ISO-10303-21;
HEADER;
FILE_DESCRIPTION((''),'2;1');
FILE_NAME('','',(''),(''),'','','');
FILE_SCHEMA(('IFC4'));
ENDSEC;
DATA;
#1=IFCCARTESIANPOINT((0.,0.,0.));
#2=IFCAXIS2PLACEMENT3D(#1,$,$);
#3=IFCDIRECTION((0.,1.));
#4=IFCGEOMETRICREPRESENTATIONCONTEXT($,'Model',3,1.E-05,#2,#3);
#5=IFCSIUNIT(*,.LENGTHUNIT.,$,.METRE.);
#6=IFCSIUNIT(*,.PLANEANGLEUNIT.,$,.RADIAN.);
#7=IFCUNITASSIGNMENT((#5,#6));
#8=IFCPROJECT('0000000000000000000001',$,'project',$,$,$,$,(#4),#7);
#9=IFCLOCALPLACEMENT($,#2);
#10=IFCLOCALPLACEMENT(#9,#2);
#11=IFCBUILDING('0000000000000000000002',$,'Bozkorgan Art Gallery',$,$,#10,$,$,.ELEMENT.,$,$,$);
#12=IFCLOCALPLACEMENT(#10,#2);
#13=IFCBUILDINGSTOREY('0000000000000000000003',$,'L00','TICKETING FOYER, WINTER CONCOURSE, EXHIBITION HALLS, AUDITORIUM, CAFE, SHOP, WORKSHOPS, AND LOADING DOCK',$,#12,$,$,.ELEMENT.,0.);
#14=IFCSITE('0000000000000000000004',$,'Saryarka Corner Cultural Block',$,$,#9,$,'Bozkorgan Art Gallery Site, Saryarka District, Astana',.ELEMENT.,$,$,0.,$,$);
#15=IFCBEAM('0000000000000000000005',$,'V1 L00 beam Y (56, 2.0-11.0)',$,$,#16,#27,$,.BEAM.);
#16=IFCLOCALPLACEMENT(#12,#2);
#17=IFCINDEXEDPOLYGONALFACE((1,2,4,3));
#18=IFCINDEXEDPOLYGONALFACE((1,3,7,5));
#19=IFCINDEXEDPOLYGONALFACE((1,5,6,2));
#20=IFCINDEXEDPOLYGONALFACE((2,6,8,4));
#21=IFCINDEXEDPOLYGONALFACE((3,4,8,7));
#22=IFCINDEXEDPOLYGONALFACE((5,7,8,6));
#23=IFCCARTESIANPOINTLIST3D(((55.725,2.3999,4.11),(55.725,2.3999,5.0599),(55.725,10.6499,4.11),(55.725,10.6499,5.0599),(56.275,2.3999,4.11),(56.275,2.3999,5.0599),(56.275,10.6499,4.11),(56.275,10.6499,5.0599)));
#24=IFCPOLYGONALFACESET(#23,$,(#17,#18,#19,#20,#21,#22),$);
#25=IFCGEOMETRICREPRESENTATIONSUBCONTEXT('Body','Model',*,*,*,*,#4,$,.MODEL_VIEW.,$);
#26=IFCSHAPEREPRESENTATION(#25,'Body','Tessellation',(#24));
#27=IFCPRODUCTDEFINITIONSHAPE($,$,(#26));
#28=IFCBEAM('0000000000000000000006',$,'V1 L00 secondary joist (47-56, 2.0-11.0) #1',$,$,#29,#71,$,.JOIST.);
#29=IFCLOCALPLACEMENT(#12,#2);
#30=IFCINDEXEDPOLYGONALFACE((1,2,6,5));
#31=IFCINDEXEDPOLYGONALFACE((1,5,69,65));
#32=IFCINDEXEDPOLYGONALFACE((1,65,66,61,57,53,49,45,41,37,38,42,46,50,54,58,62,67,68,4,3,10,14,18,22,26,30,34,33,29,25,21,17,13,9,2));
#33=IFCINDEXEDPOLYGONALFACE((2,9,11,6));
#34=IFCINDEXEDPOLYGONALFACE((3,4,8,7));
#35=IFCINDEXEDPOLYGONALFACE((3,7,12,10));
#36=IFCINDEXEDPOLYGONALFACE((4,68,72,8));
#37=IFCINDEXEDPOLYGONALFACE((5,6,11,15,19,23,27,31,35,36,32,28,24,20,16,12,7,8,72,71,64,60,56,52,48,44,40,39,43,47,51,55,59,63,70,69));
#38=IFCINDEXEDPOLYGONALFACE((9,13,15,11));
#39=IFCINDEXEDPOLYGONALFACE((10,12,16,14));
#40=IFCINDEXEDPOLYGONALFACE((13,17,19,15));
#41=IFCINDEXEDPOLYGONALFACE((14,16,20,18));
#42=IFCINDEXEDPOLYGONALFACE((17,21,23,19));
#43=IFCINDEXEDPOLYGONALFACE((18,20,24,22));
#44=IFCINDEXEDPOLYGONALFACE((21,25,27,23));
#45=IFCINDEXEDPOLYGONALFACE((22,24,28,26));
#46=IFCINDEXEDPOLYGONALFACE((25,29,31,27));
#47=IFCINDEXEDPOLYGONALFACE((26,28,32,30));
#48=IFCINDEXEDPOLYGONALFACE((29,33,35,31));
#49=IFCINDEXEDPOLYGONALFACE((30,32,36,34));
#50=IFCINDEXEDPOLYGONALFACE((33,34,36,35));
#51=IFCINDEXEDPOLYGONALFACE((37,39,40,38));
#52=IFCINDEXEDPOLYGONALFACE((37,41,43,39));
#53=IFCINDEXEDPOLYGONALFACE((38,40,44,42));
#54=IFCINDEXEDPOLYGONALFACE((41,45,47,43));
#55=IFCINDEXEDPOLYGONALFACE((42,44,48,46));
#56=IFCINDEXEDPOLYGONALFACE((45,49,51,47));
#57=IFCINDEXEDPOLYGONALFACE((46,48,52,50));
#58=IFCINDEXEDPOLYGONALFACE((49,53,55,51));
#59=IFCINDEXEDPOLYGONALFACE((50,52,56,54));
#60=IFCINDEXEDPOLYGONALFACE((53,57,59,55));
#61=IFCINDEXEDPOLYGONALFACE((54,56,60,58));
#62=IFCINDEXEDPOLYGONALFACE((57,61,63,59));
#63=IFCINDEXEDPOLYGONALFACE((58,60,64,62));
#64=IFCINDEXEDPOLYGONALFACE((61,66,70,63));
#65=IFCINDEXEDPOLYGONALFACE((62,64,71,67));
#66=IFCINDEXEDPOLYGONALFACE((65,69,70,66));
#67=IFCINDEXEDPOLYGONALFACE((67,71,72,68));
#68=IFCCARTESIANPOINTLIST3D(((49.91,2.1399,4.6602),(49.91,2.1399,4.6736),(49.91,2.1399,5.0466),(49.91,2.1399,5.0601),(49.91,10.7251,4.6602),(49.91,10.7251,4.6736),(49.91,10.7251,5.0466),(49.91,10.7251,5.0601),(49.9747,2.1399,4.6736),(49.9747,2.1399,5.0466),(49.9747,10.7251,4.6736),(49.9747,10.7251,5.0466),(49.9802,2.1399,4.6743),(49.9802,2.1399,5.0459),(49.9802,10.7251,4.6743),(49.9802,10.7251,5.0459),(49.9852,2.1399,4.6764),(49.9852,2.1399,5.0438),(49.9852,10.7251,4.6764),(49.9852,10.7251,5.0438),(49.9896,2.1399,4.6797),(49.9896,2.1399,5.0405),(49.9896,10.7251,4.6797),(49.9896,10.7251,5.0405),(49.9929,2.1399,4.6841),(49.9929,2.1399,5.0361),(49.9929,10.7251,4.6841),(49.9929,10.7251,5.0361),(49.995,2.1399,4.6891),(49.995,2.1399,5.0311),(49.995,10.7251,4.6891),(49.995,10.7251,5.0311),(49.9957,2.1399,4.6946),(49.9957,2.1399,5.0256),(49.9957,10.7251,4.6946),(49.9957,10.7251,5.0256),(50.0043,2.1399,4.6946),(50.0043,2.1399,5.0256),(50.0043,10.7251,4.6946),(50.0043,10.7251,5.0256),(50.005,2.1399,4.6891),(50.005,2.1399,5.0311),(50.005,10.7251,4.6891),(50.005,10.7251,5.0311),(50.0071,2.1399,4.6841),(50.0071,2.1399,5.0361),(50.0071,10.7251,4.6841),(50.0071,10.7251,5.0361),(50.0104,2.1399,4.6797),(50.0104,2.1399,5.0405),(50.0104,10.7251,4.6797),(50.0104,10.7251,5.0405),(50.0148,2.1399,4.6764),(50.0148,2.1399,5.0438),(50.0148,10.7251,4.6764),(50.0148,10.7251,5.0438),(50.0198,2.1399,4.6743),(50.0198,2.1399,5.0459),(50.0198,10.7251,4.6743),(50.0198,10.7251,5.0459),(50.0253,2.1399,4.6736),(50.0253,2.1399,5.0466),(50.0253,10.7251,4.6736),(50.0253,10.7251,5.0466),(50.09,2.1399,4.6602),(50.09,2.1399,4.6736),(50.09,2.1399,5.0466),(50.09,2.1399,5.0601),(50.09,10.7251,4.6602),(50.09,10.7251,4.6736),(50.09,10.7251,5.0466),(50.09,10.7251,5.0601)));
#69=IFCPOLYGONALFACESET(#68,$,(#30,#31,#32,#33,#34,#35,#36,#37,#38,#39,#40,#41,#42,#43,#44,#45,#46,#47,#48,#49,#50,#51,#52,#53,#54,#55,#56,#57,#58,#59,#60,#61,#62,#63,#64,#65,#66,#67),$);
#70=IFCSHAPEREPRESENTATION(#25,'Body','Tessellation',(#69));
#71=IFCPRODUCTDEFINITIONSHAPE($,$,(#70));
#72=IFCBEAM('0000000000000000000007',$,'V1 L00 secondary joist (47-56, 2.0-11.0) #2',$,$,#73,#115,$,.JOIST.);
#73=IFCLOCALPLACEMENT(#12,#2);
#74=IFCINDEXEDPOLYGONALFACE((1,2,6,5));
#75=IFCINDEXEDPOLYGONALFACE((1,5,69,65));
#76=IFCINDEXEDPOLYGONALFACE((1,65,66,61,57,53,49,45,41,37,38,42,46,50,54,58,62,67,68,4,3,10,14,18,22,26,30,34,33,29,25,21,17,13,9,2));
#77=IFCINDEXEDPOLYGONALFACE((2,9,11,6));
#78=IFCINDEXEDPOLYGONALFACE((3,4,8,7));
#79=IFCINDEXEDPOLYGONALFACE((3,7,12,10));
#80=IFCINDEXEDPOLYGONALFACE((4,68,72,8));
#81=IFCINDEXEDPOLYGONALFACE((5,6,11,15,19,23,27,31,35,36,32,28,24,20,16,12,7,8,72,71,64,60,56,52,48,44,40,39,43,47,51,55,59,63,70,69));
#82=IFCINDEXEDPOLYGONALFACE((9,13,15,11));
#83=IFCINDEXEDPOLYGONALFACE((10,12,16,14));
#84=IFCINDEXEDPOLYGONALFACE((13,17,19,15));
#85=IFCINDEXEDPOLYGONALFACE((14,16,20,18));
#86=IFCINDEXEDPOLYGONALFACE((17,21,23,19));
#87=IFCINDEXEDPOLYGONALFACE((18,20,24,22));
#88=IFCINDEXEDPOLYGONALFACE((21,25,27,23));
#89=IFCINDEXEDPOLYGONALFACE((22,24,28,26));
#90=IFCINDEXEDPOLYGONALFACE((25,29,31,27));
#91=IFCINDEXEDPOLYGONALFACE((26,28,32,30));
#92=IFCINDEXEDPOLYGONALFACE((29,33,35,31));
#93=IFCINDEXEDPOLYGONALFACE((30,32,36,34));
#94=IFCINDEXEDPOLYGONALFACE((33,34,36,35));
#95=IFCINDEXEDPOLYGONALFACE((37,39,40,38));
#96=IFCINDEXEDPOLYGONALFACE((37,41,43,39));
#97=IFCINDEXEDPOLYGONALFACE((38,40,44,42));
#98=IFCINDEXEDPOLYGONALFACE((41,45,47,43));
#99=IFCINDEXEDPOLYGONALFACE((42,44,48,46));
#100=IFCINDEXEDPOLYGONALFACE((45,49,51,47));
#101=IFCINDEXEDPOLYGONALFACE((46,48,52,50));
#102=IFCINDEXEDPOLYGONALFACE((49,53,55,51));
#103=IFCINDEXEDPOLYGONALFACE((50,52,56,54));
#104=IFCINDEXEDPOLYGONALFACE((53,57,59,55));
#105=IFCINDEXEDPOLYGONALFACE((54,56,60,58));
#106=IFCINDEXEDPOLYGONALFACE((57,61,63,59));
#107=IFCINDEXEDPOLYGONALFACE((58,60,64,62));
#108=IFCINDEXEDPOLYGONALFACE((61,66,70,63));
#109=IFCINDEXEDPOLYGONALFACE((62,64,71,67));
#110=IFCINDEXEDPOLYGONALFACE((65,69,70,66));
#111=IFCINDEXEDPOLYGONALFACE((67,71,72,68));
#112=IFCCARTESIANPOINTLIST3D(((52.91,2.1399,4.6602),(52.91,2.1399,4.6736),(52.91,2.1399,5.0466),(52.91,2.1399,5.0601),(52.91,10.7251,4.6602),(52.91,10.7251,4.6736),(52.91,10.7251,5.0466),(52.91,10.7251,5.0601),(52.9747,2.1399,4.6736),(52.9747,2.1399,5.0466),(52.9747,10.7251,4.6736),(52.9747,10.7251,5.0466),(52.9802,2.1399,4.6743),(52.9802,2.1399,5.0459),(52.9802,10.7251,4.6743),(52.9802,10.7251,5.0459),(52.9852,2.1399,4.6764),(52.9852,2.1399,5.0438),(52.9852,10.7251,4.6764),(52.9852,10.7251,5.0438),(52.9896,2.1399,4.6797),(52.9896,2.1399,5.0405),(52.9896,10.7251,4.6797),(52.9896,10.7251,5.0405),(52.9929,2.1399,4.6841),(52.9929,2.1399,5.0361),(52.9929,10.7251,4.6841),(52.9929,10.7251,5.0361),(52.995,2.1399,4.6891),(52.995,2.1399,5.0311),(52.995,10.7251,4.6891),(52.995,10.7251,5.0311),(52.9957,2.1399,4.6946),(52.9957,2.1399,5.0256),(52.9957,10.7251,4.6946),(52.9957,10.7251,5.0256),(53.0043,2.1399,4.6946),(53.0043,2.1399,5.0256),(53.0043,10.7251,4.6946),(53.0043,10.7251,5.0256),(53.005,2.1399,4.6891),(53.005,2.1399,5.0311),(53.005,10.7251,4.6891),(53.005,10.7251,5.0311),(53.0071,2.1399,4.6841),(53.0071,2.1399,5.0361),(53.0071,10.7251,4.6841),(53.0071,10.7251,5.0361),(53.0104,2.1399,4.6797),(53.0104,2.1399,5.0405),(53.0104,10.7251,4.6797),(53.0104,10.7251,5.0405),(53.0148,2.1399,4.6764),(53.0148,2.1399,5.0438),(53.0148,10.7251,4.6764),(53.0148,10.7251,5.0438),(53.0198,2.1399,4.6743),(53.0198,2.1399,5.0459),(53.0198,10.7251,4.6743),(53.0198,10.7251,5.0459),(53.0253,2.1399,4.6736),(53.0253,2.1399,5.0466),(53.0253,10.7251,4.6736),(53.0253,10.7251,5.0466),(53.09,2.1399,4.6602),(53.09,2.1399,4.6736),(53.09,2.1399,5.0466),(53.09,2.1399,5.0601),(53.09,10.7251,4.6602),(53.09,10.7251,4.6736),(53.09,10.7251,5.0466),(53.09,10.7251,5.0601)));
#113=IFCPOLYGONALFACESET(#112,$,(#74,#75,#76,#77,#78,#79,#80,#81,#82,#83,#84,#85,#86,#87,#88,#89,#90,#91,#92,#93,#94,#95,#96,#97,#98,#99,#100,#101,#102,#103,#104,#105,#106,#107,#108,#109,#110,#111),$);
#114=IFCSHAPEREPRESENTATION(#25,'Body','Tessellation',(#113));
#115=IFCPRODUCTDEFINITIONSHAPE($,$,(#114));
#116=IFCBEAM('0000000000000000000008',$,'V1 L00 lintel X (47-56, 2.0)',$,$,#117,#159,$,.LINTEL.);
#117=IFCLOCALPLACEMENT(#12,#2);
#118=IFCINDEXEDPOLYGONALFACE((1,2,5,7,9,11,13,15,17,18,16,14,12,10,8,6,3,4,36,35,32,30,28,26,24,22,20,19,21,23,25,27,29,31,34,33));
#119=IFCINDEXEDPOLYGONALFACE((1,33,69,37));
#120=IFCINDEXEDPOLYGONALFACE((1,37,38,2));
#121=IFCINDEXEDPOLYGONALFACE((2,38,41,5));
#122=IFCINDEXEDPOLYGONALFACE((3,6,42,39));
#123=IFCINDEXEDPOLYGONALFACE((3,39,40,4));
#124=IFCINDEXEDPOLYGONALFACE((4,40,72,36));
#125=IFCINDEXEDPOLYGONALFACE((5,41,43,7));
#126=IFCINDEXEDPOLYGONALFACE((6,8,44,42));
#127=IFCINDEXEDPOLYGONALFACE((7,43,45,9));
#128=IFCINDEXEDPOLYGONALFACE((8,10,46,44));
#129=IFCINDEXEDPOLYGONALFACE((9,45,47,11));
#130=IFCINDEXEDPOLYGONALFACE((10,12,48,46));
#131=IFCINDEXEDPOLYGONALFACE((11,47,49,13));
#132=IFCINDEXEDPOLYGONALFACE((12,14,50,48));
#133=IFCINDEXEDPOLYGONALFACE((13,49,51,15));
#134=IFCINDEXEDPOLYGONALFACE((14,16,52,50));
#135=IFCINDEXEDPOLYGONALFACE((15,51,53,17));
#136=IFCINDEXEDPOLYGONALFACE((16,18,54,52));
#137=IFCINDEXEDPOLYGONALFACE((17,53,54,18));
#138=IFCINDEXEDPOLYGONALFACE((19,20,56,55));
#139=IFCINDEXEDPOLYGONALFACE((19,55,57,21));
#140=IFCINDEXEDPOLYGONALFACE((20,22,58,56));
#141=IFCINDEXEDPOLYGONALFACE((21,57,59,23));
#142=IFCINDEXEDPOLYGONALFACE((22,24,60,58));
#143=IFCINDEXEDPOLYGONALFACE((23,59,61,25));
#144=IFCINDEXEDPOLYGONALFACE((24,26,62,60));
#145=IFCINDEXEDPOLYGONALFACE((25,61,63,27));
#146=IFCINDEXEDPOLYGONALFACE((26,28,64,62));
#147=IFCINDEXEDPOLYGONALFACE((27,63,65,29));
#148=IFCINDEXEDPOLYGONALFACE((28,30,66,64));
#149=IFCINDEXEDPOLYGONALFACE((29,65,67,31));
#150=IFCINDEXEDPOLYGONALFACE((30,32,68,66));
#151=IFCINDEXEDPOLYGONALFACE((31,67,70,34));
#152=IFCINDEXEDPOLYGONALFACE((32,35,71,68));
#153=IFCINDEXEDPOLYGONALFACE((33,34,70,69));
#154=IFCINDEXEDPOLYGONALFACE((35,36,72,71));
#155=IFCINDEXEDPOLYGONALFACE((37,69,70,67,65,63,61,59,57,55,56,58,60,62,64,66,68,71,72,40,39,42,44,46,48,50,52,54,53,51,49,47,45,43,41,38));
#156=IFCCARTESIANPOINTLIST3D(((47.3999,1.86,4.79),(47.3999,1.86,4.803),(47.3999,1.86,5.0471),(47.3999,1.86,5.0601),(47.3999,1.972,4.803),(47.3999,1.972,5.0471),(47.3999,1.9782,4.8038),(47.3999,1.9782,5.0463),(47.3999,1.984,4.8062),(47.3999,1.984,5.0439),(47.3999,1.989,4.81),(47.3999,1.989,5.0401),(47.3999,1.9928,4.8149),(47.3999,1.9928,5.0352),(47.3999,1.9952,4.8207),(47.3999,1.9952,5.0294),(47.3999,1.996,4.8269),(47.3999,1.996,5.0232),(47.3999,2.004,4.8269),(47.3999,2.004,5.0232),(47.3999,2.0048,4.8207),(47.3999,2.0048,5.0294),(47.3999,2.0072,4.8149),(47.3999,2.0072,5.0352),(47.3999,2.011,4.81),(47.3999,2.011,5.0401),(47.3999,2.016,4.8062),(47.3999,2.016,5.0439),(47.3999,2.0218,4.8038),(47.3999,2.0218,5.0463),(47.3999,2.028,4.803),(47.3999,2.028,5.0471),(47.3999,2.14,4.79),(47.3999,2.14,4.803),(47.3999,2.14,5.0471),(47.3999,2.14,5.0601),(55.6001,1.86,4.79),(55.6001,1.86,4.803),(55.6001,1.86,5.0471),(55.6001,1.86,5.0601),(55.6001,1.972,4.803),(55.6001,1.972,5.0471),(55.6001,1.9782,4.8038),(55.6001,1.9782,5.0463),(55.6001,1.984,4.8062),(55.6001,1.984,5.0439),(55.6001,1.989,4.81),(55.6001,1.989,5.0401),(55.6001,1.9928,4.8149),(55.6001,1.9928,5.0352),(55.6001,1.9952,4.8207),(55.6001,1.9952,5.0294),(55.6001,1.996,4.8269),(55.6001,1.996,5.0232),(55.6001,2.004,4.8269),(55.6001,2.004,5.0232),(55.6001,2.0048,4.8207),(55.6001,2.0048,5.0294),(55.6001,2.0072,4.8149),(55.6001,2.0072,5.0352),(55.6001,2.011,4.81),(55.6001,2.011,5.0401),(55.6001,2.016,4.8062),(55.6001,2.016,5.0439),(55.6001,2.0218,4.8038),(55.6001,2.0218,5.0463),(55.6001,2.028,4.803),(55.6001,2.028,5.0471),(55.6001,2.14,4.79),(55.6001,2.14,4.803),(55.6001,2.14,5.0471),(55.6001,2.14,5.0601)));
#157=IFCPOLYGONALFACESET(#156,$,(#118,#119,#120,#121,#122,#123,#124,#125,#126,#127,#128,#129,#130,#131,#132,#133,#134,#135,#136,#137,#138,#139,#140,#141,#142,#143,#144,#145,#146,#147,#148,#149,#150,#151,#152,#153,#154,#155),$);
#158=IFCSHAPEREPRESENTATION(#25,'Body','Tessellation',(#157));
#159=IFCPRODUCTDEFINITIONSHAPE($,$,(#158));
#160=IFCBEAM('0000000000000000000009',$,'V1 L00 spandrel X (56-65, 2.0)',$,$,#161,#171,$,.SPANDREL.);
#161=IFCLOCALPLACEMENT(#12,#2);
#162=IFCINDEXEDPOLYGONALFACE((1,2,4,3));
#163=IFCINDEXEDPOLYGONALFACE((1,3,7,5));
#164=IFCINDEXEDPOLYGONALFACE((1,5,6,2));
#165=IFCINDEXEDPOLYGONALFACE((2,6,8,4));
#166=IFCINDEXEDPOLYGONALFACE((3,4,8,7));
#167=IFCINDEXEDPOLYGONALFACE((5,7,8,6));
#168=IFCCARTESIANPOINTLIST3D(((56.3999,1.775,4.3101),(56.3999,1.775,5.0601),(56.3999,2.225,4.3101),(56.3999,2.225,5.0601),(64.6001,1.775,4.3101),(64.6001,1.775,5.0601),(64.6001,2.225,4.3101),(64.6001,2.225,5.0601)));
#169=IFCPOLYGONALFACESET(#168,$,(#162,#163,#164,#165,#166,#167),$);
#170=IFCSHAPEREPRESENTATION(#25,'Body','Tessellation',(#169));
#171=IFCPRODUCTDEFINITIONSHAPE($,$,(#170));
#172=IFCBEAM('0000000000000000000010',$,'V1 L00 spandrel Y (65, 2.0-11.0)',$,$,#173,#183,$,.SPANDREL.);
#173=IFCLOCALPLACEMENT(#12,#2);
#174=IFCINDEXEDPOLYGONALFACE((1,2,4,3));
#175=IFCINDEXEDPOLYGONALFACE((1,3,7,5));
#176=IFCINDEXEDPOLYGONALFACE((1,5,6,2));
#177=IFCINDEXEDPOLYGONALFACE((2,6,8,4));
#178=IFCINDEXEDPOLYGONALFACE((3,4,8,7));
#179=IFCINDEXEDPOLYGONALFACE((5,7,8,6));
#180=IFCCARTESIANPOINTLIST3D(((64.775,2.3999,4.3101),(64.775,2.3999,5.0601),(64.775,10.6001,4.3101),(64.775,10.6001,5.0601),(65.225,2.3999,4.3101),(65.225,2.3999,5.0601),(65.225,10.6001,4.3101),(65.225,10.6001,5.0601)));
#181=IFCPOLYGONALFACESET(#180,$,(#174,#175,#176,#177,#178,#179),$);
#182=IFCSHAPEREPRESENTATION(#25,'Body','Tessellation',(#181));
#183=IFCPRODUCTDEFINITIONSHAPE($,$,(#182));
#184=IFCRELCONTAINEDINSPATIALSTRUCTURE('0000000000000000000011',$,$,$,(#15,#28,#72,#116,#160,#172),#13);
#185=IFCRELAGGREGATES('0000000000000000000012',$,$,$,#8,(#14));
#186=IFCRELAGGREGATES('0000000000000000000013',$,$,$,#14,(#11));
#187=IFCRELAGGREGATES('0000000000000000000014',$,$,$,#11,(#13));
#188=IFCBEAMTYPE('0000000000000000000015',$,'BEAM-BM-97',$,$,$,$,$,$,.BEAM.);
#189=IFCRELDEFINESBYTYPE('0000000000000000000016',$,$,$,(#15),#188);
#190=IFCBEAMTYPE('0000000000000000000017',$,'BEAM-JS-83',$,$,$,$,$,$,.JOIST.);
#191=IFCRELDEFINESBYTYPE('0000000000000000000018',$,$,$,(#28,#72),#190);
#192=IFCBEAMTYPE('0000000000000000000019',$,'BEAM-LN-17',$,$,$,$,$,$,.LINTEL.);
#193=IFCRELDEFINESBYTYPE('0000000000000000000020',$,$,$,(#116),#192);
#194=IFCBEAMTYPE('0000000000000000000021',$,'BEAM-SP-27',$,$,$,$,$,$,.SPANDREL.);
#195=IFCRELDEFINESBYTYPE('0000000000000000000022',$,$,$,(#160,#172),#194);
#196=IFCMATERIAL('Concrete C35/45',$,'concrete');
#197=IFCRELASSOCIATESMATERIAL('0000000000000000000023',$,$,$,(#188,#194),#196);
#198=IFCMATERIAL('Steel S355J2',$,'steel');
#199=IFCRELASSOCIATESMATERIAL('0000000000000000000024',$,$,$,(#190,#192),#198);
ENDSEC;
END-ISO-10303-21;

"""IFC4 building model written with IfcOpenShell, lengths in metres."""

from ifc_helpers import new_model, si_unit, direction, frame, origin, origin_2d, place, context, subcontext, project, spatial, rectangle, i_section, extrude, material, material_profile, profile_set, type_object, element, save


model = new_model("IFC4")

# Units and contexts
model_context = context("Model", 3, precision=1e-05, world=origin(), true_north=direction((0.0, 1.0)))
body_context = subcontext(model_context, "Body", "Model", "MODEL_VIEW")
ifc_project = project(units=[si_unit("LENGTHUNIT", "METRE"), si_unit("PLANEANGLEUNIT", "RADIAN")], contexts=[model_context])

# Site, building, storey
site_placement = place(None, origin())
site = spatial("IfcSite", under=ifc_project, at=site_placement, Name="Saryarka Corner Cultural Block", LongName="Bozkorgan Art Gallery Site, Saryarka District, Astana", CompositionType="ELEMENT", RefElevation=0.0)
building_placement = place(site_placement, origin())
building = spatial("IfcBuilding", under=site, at=building_placement, Name="Bozkorgan Art Gallery", CompositionType="ELEMENT")
storey_placement = place(building_placement, origin())
storey = spatial("IfcBuildingStorey", under=building, at=storey_placement, Name="L00", Description="TICKETING FOYER, WINTER CONCOURSE, EXHIBITION HALLS, AUDITORIUM, CAFE, SHOP, WORKSHOPS, AND LOADING DOCK", CompositionType="ELEMENT", Elevation=0.0)

# Shared definitions
ifc_material_1 = material(Name="Steel S355J2", Category="steel")

# Beams
ifc_material_2 = material(Name="Concrete C35/45", Category="concrete")
ifc_material_profile_1 = material_profile(ifc_material_2, rectangle(XDim=0.55, YDim=0.95, at=origin_2d()), Name="RC 550x950")
ifc_profile_set_1 = profile_set([ifc_material_profile_1], Name="Concrete C35/45")
beam_type_1 = type_object("IfcBeamType", Name="BEAM-BM-97", PredefinedType="BEAM", material=ifc_profile_set_1)
for number, where, z_axis, x_axis, name in (
    (1, (56.0, 2.3999, 4.585), (0.0, 1.0, 0.0), (-1.0, 0.0, 0.0), "V1 L00 beam Y (56, 2.0-11.0)"),
):
    element("IfcBeam", number, at=place(storey_placement, frame(where, z_axis=z_axis, x_axis=x_axis)), inside=storey, type_object=beam_type_1, Name=name, PredefinedType="BEAM", context=body_context, shape_type="SweptSolid", body=[
        extrude(rectangle(XDim=0.55, YDim=0.95, at=origin_2d()), origin(), (0.0, 0.0, 1.0), 8.25),
    ])
ifc_material_profile_2 = material_profile(ifc_material_1, i_section(OverallWidth=0.1799, OverallDepth=0.3999, WebThickness=0.0085, FlangeThickness=0.0134, FilletRadius=0.021, at=origin_2d()), Name="IPE 400")
ifc_profile_set_2 = profile_set([ifc_material_profile_2], Name="Steel S355J2")
beam_type_2 = type_object("IfcBeamType", Name="BEAM-JS-83", PredefinedType="JOIST", material=ifc_profile_set_2)
for number, where, z_axis, x_axis, name in (
    (2, (50.0, 2.1399, 4.8601), (0.0, 1.0, 0.0), (-1.0, 0.0, 0.0), "V1 L00 secondary joist (47-56, 2.0-11.0) #1"),
    (3, (53.0, 2.1399, 4.8601), (0.0, 1.0, 0.0), (-1.0, 0.0, 0.0), "V1 L00 secondary joist (47-56, 2.0-11.0) #2"),
):
    element("IfcBeam", number, at=place(storey_placement, frame(where, z_axis=z_axis, x_axis=x_axis)), inside=storey, type_object=beam_type_2, Name=name, PredefinedType="JOIST", context=body_context, shape_type="SweptSolid", body=[
        extrude(i_section(OverallWidth=0.1799, OverallDepth=0.3999, WebThickness=0.0085, FlangeThickness=0.0134, FilletRadius=0.021, at=origin_2d()), origin(), (0.0, 0.0, 1.0), 8.5852),
    ])
ifc_material_profile_3 = material_profile(ifc_material_1, i_section(OverallWidth=0.28, OverallDepth=0.27, WebThickness=0.0081, FlangeThickness=0.0129, FilletRadius=0.0239, at=origin_2d()), Name="HEA 280")
ifc_profile_set_3 = profile_set([ifc_material_profile_3], Name="Steel S355J2")
beam_type_3 = type_object("IfcBeamType", Name="BEAM-LN-17", PredefinedType="LINTEL", material=ifc_profile_set_3)
beam_1_placement = place(storey_placement, frame((47.3999, 2.0, 4.925), z_axis=(1.0, 0.0, 0.0), x_axis=(0.0, 1.0, 0.0)))
element("IfcBeam", 4, at=beam_1_placement, inside=storey, type_object=beam_type_3, Name="V1 L00 lintel X (47-56, 2.0)", PredefinedType="LINTEL", context=body_context, shape_type="SweptSolid", body=[
    extrude(i_section(OverallWidth=0.28, OverallDepth=0.27, WebThickness=0.0081, FlangeThickness=0.0129, FilletRadius=0.0239, at=origin_2d()), origin(), (0.0, 0.0, 1.0), 8.2002),
])
ifc_material_profile_4 = material_profile(ifc_material_2, rectangle(XDim=0.45, YDim=0.75, at=origin_2d()), Name="RC 450x750")
ifc_profile_set_4 = profile_set([ifc_material_profile_4], Name="Concrete C35/45")
beam_type_4 = type_object("IfcBeamType", Name="BEAM-SP-27", PredefinedType="SPANDREL", material=ifc_profile_set_4)
for number, where, z_axis, x_axis, name in (
    (5, (56.3999, 2.0, 4.6851), (1.0, 0.0, 0.0), (0.0, 1.0, 0.0), "V1 L00 spandrel X (56-65, 2.0)"),
    (6, (65.0, 2.3999, 4.6851), (0.0, 1.0, 0.0), (-1.0, 0.0, 0.0), "V1 L00 spandrel Y (65, 2.0-11.0)"),
):
    element("IfcBeam", number, at=place(storey_placement, frame(where, z_axis=z_axis, x_axis=x_axis)), inside=storey, type_object=beam_type_4, Name=name, PredefinedType="SPANDREL", context=body_context, shape_type="SweptSolid", body=[
        extrude(rectangle(XDim=0.45, YDim=0.75, at=origin_2d()), origin(), (0.0, 0.0, 1.0), 8.2002),
    ])

save(model, "model.ifc")
